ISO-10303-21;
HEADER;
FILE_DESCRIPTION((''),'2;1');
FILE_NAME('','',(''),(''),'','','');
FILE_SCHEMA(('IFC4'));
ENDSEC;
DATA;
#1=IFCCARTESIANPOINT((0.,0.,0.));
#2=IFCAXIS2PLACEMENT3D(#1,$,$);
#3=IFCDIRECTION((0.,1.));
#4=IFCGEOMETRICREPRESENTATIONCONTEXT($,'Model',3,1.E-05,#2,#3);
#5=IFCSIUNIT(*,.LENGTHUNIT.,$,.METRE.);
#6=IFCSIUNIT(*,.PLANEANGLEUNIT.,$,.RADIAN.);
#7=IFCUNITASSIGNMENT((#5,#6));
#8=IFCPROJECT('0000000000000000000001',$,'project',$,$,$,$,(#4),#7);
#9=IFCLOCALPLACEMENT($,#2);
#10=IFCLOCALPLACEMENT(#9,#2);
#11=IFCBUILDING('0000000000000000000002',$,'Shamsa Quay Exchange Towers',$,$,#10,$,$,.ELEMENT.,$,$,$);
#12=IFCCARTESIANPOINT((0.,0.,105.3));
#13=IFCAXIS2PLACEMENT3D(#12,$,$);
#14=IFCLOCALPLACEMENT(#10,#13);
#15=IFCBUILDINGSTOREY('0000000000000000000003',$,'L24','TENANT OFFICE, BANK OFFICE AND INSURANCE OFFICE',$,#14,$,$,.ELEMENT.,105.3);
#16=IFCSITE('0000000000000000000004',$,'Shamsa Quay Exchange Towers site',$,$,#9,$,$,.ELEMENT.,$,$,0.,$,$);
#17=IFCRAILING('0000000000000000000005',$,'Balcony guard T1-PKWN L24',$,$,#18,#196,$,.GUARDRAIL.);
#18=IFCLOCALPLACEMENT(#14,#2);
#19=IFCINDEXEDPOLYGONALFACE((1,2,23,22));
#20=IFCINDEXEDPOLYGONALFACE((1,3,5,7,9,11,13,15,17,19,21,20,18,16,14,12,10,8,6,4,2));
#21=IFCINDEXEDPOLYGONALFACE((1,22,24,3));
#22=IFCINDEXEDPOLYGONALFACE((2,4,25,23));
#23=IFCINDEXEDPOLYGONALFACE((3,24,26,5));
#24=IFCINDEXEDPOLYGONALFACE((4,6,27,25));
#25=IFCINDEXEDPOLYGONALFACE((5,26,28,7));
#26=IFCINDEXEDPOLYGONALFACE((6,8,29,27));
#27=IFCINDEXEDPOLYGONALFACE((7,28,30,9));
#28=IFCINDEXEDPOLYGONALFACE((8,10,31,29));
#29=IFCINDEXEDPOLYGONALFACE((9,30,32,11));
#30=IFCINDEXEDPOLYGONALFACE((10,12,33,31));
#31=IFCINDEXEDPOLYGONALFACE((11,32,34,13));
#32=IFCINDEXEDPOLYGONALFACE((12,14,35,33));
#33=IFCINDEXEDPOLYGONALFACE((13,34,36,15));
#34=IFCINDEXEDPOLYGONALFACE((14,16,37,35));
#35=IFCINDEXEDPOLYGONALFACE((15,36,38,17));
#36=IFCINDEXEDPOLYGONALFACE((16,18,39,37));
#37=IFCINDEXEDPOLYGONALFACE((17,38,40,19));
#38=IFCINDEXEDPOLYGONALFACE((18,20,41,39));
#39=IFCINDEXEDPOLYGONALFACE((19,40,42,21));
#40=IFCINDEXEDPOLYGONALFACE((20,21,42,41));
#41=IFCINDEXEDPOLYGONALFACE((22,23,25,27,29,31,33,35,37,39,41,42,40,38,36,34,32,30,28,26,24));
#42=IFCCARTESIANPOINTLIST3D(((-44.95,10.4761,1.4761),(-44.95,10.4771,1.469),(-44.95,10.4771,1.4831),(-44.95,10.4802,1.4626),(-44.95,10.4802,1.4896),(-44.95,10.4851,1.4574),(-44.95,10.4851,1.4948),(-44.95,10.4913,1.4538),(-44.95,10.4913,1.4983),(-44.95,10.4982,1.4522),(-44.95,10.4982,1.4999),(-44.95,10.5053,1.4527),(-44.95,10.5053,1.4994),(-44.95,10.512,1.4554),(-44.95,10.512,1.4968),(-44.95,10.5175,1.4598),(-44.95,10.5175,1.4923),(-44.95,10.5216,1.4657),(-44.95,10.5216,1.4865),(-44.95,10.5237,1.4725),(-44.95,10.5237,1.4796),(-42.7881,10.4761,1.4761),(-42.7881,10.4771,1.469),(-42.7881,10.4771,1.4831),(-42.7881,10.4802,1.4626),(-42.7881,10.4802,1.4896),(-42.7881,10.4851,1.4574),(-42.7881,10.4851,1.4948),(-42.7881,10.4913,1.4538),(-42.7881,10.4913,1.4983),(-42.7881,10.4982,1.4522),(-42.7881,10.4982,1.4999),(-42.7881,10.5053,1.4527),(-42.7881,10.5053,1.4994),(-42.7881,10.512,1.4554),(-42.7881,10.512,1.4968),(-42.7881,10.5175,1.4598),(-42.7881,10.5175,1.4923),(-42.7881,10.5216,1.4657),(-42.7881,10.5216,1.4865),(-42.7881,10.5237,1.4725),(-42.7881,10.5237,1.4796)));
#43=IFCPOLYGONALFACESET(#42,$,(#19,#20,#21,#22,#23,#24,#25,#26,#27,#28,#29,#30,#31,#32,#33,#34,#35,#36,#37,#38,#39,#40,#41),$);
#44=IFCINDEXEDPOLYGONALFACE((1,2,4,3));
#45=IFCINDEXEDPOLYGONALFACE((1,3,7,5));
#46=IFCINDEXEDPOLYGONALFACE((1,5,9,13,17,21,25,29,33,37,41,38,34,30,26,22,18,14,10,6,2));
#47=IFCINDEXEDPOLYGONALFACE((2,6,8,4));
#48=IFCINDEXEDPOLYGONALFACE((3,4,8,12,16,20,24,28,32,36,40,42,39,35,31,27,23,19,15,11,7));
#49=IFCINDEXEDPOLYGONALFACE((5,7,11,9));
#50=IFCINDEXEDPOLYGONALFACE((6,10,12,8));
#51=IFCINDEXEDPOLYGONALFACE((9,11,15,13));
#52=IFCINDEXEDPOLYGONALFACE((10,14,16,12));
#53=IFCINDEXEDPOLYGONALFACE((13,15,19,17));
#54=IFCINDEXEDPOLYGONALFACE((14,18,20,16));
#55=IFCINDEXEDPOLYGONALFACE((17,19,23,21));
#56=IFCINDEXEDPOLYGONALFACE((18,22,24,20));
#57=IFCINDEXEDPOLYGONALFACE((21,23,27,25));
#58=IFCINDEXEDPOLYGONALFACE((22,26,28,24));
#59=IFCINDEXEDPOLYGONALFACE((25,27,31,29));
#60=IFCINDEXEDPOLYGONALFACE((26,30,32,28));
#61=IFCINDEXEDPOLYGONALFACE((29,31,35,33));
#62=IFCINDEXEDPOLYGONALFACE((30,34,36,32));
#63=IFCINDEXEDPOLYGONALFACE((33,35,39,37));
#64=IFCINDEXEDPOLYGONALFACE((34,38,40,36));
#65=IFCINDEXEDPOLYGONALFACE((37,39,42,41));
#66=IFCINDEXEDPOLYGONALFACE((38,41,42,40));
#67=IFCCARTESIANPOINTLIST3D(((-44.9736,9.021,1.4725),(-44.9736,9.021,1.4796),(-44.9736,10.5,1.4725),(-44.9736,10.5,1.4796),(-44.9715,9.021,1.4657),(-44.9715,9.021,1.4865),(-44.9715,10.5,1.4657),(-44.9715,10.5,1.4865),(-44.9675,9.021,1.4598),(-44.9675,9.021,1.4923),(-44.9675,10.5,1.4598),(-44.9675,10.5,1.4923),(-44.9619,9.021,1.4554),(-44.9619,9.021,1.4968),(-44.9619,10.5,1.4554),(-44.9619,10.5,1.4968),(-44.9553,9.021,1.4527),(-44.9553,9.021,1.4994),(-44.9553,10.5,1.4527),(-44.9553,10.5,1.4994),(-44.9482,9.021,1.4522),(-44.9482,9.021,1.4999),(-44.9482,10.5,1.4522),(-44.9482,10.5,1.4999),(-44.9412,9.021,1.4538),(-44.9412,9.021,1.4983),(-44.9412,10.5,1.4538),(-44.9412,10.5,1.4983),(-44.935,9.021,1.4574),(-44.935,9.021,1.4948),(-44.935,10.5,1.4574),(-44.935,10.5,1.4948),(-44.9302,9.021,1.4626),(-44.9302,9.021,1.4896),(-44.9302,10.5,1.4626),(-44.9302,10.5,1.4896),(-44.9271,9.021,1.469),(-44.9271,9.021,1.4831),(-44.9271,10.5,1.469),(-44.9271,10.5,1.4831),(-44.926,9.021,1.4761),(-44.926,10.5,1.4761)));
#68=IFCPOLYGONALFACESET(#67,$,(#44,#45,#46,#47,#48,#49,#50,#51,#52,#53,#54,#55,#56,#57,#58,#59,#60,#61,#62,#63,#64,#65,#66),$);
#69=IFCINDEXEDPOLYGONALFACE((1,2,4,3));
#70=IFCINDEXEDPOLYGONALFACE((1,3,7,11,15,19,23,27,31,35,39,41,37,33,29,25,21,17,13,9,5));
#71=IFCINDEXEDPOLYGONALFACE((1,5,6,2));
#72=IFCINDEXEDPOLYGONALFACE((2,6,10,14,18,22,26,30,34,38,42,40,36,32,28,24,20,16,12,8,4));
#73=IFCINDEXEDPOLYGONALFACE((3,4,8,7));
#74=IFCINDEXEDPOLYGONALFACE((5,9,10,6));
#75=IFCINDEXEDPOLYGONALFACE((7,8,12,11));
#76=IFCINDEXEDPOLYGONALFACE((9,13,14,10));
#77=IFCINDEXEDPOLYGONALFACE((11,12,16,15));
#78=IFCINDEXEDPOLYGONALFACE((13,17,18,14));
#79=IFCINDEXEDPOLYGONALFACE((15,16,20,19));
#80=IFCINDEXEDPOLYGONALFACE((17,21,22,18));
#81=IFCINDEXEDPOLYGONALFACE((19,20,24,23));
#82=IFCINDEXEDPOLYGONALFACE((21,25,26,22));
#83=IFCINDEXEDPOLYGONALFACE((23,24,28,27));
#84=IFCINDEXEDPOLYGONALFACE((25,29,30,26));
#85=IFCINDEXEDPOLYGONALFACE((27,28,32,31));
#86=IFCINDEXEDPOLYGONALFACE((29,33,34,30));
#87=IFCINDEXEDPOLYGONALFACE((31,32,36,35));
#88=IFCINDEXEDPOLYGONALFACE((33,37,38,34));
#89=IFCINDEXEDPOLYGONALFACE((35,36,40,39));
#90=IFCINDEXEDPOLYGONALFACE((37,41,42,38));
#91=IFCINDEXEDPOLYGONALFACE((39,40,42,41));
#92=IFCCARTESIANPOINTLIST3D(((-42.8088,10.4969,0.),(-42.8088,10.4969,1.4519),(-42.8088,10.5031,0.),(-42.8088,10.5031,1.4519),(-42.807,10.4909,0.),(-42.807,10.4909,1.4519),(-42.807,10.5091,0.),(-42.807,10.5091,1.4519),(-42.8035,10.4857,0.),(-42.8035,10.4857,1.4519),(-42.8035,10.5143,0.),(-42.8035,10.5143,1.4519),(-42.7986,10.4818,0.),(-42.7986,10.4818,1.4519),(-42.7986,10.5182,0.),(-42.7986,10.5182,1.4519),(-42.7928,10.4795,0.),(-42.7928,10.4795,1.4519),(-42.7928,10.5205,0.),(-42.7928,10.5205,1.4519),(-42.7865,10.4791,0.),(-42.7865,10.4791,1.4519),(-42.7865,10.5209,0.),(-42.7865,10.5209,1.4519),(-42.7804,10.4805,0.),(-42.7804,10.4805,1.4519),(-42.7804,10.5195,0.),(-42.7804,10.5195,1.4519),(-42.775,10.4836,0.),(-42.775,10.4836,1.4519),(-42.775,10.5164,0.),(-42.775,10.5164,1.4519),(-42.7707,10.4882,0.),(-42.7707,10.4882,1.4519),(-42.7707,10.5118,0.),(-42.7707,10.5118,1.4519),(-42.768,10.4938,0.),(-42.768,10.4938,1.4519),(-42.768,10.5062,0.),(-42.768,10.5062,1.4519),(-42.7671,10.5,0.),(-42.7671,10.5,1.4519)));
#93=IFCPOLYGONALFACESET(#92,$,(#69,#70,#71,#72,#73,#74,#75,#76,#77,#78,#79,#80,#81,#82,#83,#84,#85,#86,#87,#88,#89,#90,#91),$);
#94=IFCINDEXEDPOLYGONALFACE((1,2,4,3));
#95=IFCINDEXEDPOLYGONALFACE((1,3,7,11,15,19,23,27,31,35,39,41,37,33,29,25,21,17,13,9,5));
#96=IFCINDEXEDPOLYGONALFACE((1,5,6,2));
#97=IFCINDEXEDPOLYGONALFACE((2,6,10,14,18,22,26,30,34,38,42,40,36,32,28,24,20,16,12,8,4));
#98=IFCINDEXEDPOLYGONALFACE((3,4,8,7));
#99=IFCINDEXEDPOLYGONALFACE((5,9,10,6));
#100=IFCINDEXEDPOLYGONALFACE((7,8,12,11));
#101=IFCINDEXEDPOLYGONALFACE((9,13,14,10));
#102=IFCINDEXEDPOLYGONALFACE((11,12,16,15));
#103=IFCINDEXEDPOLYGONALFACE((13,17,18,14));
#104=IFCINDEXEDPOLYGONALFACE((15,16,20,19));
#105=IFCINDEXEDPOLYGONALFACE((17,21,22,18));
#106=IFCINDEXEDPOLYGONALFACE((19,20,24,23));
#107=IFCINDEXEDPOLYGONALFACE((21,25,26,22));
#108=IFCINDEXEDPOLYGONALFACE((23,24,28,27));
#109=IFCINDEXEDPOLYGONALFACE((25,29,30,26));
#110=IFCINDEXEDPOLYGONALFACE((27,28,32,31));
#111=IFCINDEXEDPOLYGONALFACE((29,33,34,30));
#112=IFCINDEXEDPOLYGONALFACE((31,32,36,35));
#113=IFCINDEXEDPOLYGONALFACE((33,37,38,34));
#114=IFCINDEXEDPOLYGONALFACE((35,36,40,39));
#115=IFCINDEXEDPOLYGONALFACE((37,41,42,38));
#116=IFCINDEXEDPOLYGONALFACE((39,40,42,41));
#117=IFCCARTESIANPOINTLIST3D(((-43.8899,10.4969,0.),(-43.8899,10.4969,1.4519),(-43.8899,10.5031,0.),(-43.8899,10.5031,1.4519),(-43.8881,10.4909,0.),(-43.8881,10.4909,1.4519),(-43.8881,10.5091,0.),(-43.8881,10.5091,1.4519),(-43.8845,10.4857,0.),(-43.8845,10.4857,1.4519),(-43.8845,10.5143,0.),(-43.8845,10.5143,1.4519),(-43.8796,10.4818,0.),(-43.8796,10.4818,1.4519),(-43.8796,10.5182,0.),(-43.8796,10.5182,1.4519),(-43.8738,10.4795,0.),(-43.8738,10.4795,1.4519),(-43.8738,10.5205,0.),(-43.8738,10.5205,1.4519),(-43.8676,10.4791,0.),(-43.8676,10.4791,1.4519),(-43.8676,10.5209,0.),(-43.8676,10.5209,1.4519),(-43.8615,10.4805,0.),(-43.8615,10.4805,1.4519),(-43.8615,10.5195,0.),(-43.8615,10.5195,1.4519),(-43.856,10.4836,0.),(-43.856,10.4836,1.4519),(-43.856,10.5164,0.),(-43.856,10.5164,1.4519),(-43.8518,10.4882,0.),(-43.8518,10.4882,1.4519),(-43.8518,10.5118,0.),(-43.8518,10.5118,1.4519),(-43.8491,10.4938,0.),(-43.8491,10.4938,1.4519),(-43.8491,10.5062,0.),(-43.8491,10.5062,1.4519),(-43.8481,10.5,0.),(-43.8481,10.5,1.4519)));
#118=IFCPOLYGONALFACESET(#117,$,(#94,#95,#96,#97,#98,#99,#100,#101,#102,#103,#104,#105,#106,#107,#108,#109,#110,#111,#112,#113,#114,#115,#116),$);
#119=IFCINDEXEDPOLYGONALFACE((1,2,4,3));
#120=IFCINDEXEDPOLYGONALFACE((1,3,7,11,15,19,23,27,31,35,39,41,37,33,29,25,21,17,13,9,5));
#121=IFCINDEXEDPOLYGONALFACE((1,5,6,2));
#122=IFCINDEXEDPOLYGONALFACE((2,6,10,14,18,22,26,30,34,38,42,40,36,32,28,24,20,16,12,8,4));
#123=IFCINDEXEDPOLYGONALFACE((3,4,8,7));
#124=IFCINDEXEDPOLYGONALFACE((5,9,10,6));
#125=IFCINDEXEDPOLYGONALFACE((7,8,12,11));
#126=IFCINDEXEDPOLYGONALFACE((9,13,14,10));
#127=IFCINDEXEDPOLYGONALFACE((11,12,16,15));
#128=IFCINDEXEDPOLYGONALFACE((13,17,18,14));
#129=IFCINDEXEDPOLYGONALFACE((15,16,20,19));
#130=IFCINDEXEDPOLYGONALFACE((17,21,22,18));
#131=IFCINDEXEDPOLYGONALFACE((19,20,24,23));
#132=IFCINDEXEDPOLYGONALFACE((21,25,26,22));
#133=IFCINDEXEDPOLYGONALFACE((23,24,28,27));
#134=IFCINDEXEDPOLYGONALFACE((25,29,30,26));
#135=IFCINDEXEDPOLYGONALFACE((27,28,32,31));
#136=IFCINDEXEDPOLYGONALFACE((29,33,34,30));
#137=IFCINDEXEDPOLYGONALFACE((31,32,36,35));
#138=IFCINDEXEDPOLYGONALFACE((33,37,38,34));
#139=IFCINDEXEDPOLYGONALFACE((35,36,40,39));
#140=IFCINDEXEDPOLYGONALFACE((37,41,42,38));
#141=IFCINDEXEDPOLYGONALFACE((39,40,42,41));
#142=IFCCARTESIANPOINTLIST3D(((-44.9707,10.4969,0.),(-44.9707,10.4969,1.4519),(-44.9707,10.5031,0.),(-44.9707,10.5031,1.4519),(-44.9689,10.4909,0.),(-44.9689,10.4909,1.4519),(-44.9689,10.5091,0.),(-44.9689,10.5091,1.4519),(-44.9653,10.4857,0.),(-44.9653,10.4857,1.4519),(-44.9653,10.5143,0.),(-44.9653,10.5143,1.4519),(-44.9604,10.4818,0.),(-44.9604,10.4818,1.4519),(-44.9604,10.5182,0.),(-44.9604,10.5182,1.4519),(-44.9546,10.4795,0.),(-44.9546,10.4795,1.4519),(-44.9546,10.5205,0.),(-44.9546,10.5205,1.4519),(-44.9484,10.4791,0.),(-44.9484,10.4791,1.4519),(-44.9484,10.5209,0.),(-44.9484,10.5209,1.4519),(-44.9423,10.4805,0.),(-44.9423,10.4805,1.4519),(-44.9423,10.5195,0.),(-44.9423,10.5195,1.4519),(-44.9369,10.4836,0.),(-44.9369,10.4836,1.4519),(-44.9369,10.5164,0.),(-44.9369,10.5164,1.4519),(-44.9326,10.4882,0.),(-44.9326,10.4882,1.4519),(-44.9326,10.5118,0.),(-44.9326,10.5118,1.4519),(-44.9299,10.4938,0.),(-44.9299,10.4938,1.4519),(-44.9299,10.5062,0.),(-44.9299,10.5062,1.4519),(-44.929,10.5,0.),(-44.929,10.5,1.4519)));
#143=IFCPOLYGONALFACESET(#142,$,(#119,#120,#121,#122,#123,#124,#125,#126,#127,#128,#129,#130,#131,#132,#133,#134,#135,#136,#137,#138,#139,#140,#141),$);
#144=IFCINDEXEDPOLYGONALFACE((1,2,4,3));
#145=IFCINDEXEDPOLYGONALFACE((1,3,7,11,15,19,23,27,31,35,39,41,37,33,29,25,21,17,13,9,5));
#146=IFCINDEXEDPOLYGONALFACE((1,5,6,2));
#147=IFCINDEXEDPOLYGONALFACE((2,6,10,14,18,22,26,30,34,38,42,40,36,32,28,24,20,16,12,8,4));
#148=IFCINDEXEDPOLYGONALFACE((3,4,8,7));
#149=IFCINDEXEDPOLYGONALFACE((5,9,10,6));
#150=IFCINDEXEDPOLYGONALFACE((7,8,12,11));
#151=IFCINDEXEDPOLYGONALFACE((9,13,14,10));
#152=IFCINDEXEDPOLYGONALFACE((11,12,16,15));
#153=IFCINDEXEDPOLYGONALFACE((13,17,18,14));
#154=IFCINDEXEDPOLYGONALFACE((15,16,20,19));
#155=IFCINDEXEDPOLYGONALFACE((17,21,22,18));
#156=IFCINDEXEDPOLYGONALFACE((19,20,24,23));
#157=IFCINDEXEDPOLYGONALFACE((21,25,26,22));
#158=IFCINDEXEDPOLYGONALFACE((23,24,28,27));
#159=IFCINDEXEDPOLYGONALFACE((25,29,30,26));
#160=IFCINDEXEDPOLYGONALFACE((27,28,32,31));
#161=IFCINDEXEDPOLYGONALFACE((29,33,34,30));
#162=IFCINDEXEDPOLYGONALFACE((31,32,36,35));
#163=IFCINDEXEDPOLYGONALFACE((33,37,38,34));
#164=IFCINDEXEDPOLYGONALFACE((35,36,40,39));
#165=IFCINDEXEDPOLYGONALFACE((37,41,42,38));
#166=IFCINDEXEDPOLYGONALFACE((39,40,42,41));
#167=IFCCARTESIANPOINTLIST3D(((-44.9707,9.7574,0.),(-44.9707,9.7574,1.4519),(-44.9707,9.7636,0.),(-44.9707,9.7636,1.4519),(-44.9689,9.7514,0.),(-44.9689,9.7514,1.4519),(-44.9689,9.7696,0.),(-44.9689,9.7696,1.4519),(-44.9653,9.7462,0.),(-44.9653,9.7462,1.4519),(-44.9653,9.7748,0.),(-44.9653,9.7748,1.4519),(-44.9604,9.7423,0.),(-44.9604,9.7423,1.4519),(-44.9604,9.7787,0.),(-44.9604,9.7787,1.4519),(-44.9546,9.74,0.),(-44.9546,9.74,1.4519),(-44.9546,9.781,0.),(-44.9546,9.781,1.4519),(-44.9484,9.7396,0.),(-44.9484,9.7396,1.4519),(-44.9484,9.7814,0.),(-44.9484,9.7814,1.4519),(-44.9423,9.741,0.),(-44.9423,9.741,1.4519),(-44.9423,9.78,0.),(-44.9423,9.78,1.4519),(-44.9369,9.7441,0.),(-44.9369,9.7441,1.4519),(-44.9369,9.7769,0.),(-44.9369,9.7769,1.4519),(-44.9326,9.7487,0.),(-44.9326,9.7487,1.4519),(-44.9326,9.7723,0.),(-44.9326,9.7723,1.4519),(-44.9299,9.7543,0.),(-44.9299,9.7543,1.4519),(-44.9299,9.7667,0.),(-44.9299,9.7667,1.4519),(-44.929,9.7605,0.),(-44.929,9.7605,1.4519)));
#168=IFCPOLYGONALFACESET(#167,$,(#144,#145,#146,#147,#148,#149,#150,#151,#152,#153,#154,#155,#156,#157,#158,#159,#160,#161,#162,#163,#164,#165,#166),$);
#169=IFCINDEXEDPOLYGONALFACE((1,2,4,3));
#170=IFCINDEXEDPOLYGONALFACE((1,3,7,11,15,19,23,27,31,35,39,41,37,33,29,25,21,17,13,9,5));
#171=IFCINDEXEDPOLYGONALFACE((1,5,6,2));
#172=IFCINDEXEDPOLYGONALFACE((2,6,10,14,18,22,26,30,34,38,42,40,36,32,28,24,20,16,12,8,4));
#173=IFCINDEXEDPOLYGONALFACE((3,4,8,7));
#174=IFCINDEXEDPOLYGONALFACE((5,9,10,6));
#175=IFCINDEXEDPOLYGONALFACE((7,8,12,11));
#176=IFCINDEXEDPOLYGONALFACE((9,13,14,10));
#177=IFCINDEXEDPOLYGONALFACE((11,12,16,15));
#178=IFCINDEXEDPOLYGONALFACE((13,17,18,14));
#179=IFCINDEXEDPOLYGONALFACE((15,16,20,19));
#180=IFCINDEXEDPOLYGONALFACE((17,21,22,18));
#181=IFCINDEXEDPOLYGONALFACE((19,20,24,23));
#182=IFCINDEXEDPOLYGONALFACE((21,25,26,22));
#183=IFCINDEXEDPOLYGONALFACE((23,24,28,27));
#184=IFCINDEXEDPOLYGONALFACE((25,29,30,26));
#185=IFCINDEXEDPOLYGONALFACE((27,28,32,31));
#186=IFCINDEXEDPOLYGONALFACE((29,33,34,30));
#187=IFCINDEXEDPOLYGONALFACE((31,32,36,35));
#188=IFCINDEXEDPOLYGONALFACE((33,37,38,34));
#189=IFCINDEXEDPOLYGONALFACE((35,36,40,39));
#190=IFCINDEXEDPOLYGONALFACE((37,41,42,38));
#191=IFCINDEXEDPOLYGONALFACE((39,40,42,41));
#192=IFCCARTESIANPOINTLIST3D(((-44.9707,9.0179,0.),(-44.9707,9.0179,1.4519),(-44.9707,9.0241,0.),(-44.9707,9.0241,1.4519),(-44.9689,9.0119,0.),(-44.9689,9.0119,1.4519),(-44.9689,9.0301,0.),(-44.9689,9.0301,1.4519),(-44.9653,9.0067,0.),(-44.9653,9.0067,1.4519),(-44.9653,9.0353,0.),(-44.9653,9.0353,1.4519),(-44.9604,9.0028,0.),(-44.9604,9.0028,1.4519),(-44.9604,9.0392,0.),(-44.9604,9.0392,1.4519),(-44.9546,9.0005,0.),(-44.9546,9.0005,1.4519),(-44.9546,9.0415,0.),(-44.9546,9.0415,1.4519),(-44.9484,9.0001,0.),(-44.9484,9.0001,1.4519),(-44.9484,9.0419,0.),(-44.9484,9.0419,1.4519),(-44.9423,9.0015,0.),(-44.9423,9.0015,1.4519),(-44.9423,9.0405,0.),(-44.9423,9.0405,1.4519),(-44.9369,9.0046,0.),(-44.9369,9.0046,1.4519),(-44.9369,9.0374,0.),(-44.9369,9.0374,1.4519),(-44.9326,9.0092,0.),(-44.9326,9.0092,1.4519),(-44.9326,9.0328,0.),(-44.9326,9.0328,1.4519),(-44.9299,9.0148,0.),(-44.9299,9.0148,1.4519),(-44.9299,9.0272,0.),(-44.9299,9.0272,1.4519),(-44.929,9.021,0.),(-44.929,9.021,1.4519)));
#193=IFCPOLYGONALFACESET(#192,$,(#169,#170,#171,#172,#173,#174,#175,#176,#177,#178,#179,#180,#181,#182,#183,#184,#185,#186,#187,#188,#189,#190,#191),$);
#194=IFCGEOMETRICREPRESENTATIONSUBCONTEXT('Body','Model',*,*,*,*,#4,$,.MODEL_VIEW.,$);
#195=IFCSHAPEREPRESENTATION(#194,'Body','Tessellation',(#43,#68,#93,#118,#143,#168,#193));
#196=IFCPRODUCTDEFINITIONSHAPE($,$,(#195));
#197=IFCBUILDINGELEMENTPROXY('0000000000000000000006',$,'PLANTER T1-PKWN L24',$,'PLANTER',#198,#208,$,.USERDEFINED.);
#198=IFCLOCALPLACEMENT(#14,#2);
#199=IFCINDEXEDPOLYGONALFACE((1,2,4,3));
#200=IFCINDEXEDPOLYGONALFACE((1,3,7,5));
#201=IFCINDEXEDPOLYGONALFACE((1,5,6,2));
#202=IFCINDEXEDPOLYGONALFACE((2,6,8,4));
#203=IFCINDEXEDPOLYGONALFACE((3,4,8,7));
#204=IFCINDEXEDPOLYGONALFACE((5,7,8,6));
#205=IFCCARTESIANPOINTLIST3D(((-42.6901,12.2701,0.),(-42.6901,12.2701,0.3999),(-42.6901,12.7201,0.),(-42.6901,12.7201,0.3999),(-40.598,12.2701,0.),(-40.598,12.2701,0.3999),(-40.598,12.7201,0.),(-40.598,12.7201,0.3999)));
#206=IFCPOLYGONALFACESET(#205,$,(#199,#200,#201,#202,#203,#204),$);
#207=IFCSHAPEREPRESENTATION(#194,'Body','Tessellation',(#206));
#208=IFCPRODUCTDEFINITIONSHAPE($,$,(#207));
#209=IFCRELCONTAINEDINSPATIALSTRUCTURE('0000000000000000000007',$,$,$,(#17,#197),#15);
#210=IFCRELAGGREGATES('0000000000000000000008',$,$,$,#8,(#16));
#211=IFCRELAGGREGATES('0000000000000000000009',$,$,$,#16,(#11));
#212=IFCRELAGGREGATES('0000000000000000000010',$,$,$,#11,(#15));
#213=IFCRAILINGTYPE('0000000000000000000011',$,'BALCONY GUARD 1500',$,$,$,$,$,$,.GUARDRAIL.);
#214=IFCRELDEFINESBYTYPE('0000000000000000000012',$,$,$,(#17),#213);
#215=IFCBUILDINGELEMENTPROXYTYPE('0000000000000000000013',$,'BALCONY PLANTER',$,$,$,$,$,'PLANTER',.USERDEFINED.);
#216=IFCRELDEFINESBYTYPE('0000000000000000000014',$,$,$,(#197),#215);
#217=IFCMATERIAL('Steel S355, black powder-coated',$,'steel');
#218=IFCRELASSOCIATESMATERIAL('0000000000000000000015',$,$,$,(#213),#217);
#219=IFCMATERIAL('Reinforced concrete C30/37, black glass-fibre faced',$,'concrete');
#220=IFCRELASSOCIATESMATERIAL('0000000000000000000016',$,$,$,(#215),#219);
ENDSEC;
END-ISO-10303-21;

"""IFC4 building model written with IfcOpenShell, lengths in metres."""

from ifc_helpers import new_model, si_unit, direction, frame, origin, origin_2d, place, context, subcontext, project, spatial, rectangle, circle, extrude, material, type_object, element, save


model = new_model("IFC4")

# Units and contexts
model_context = context("Model", 3, precision=1e-05, world=origin(), true_north=direction((0.0, 1.0)))
body_context = subcontext(model_context, "Body", "Model", "MODEL_VIEW")
ifc_project = project(units=[si_unit("LENGTHUNIT", "METRE"), si_unit("PLANEANGLEUNIT", "RADIAN")], contexts=[model_context])

# Site, building, storey
site_placement = place(None, origin())
site = spatial("IfcSite", under=ifc_project, at=site_placement, Name="Shamsa Quay Exchange Towers site", CompositionType="ELEMENT", RefElevation=0.0)
building_placement = place(site_placement, origin())
building = spatial("IfcBuilding", under=site, at=building_placement, Name="Shamsa Quay Exchange Towers", CompositionType="ELEMENT")
storey_placement = place(building_placement, frame((0.0, 0.0, 105.3)))
storey = spatial("IfcBuildingStorey", under=building, at=storey_placement, Name="L24", Description="TENANT OFFICE, BANK OFFICE AND INSURANCE OFFICE", CompositionType="ELEMENT", Elevation=105.3)

# Railing
ifc_material_1 = material(Name="Steel S355, black powder-coated", Category="steel")
railing_type_1 = type_object("IfcRailingType", Name="BALCONY GUARD 1500", PredefinedType="GUARDRAIL", material=ifc_material_1)
railing_1_placement = place(storey_placement, frame((-42.7881, 10.5, 0.0)))
element("IfcRailing", 1, at=railing_1_placement, inside=storey, type_object=railing_type_1, Name="Balcony guard T1-PKWN L24", PredefinedType="GUARDRAIL", context=body_context, shape_type="SweptSolid", body=[
    extrude(circle(Radius=0.0239, at=origin_2d()), frame((0.0, 0.0, 1.4761), z_axis=(-1.0, 0.0, 0.0), x_axis=(0.0, -1.0, 0.0)), (0.0, 0.0, 1.0), 2.1619),
    extrude(circle(Radius=0.0239, at=origin_2d()), frame((-2.1619, 0.0, 1.4761), z_axis=(0.0, -1.0, 0.0), x_axis=(1.0, 0.0, 0.0)), (0.0, 0.0, 1.0), 1.479),
    extrude(circle(Radius=0.021, at=origin_2d()), origin(), (0.0, 0.0, 1.0), 1.4519),
    extrude(circle(Radius=0.021, at=origin_2d()), frame((-1.0811, 0.0, 0.0)), (0.0, 0.0, 1.0), 1.4519),
    extrude(circle(Radius=0.021, at=origin_2d()), frame((-2.1619, 0.0, 0.0)), (0.0, 0.0, 1.0), 1.4519),
    extrude(circle(Radius=0.021, at=origin_2d()), frame((-2.1619, -0.7395, 0.0)), (0.0, 0.0, 1.0), 1.4519),
    extrude(circle(Radius=0.021, at=origin_2d()), frame((-2.1619, -1.479, 0.0)), (0.0, 0.0, 1.0), 1.4519),
])

# Building element proxy
ifc_material_2 = material(Name="Reinforced concrete C30/37, black glass-fibre faced", Category="concrete")
building_element_proxy_type = type_object("IfcBuildingElementProxyType", Name="BALCONY PLANTER", ElementType="PLANTER", PredefinedType="USERDEFINED", material=ifc_material_2)
for number, where, z_axis, x_axis, name in (
    (2, (-41.644, 12.4951, 0.0), (0.0, 0.0, 1.0), (-1.0, 0.0, 0.0), "PLANTER T1-PKWN L24"),
):
    element("IfcBuildingElementProxy", number, at=place(storey_placement, frame(where, z_axis=z_axis, x_axis=x_axis)), inside=storey, type_object=building_element_proxy_type, Name=name, ObjectType="PLANTER", PredefinedType="USERDEFINED", context=body_context, shape_type="SweptSolid", body=[
        extrude(rectangle(XDim=2.092, YDim=0.45, at=origin_2d()), origin(), (0.0, 0.0, 1.0), 0.3999),
    ])

save(model, "model.ifc")
